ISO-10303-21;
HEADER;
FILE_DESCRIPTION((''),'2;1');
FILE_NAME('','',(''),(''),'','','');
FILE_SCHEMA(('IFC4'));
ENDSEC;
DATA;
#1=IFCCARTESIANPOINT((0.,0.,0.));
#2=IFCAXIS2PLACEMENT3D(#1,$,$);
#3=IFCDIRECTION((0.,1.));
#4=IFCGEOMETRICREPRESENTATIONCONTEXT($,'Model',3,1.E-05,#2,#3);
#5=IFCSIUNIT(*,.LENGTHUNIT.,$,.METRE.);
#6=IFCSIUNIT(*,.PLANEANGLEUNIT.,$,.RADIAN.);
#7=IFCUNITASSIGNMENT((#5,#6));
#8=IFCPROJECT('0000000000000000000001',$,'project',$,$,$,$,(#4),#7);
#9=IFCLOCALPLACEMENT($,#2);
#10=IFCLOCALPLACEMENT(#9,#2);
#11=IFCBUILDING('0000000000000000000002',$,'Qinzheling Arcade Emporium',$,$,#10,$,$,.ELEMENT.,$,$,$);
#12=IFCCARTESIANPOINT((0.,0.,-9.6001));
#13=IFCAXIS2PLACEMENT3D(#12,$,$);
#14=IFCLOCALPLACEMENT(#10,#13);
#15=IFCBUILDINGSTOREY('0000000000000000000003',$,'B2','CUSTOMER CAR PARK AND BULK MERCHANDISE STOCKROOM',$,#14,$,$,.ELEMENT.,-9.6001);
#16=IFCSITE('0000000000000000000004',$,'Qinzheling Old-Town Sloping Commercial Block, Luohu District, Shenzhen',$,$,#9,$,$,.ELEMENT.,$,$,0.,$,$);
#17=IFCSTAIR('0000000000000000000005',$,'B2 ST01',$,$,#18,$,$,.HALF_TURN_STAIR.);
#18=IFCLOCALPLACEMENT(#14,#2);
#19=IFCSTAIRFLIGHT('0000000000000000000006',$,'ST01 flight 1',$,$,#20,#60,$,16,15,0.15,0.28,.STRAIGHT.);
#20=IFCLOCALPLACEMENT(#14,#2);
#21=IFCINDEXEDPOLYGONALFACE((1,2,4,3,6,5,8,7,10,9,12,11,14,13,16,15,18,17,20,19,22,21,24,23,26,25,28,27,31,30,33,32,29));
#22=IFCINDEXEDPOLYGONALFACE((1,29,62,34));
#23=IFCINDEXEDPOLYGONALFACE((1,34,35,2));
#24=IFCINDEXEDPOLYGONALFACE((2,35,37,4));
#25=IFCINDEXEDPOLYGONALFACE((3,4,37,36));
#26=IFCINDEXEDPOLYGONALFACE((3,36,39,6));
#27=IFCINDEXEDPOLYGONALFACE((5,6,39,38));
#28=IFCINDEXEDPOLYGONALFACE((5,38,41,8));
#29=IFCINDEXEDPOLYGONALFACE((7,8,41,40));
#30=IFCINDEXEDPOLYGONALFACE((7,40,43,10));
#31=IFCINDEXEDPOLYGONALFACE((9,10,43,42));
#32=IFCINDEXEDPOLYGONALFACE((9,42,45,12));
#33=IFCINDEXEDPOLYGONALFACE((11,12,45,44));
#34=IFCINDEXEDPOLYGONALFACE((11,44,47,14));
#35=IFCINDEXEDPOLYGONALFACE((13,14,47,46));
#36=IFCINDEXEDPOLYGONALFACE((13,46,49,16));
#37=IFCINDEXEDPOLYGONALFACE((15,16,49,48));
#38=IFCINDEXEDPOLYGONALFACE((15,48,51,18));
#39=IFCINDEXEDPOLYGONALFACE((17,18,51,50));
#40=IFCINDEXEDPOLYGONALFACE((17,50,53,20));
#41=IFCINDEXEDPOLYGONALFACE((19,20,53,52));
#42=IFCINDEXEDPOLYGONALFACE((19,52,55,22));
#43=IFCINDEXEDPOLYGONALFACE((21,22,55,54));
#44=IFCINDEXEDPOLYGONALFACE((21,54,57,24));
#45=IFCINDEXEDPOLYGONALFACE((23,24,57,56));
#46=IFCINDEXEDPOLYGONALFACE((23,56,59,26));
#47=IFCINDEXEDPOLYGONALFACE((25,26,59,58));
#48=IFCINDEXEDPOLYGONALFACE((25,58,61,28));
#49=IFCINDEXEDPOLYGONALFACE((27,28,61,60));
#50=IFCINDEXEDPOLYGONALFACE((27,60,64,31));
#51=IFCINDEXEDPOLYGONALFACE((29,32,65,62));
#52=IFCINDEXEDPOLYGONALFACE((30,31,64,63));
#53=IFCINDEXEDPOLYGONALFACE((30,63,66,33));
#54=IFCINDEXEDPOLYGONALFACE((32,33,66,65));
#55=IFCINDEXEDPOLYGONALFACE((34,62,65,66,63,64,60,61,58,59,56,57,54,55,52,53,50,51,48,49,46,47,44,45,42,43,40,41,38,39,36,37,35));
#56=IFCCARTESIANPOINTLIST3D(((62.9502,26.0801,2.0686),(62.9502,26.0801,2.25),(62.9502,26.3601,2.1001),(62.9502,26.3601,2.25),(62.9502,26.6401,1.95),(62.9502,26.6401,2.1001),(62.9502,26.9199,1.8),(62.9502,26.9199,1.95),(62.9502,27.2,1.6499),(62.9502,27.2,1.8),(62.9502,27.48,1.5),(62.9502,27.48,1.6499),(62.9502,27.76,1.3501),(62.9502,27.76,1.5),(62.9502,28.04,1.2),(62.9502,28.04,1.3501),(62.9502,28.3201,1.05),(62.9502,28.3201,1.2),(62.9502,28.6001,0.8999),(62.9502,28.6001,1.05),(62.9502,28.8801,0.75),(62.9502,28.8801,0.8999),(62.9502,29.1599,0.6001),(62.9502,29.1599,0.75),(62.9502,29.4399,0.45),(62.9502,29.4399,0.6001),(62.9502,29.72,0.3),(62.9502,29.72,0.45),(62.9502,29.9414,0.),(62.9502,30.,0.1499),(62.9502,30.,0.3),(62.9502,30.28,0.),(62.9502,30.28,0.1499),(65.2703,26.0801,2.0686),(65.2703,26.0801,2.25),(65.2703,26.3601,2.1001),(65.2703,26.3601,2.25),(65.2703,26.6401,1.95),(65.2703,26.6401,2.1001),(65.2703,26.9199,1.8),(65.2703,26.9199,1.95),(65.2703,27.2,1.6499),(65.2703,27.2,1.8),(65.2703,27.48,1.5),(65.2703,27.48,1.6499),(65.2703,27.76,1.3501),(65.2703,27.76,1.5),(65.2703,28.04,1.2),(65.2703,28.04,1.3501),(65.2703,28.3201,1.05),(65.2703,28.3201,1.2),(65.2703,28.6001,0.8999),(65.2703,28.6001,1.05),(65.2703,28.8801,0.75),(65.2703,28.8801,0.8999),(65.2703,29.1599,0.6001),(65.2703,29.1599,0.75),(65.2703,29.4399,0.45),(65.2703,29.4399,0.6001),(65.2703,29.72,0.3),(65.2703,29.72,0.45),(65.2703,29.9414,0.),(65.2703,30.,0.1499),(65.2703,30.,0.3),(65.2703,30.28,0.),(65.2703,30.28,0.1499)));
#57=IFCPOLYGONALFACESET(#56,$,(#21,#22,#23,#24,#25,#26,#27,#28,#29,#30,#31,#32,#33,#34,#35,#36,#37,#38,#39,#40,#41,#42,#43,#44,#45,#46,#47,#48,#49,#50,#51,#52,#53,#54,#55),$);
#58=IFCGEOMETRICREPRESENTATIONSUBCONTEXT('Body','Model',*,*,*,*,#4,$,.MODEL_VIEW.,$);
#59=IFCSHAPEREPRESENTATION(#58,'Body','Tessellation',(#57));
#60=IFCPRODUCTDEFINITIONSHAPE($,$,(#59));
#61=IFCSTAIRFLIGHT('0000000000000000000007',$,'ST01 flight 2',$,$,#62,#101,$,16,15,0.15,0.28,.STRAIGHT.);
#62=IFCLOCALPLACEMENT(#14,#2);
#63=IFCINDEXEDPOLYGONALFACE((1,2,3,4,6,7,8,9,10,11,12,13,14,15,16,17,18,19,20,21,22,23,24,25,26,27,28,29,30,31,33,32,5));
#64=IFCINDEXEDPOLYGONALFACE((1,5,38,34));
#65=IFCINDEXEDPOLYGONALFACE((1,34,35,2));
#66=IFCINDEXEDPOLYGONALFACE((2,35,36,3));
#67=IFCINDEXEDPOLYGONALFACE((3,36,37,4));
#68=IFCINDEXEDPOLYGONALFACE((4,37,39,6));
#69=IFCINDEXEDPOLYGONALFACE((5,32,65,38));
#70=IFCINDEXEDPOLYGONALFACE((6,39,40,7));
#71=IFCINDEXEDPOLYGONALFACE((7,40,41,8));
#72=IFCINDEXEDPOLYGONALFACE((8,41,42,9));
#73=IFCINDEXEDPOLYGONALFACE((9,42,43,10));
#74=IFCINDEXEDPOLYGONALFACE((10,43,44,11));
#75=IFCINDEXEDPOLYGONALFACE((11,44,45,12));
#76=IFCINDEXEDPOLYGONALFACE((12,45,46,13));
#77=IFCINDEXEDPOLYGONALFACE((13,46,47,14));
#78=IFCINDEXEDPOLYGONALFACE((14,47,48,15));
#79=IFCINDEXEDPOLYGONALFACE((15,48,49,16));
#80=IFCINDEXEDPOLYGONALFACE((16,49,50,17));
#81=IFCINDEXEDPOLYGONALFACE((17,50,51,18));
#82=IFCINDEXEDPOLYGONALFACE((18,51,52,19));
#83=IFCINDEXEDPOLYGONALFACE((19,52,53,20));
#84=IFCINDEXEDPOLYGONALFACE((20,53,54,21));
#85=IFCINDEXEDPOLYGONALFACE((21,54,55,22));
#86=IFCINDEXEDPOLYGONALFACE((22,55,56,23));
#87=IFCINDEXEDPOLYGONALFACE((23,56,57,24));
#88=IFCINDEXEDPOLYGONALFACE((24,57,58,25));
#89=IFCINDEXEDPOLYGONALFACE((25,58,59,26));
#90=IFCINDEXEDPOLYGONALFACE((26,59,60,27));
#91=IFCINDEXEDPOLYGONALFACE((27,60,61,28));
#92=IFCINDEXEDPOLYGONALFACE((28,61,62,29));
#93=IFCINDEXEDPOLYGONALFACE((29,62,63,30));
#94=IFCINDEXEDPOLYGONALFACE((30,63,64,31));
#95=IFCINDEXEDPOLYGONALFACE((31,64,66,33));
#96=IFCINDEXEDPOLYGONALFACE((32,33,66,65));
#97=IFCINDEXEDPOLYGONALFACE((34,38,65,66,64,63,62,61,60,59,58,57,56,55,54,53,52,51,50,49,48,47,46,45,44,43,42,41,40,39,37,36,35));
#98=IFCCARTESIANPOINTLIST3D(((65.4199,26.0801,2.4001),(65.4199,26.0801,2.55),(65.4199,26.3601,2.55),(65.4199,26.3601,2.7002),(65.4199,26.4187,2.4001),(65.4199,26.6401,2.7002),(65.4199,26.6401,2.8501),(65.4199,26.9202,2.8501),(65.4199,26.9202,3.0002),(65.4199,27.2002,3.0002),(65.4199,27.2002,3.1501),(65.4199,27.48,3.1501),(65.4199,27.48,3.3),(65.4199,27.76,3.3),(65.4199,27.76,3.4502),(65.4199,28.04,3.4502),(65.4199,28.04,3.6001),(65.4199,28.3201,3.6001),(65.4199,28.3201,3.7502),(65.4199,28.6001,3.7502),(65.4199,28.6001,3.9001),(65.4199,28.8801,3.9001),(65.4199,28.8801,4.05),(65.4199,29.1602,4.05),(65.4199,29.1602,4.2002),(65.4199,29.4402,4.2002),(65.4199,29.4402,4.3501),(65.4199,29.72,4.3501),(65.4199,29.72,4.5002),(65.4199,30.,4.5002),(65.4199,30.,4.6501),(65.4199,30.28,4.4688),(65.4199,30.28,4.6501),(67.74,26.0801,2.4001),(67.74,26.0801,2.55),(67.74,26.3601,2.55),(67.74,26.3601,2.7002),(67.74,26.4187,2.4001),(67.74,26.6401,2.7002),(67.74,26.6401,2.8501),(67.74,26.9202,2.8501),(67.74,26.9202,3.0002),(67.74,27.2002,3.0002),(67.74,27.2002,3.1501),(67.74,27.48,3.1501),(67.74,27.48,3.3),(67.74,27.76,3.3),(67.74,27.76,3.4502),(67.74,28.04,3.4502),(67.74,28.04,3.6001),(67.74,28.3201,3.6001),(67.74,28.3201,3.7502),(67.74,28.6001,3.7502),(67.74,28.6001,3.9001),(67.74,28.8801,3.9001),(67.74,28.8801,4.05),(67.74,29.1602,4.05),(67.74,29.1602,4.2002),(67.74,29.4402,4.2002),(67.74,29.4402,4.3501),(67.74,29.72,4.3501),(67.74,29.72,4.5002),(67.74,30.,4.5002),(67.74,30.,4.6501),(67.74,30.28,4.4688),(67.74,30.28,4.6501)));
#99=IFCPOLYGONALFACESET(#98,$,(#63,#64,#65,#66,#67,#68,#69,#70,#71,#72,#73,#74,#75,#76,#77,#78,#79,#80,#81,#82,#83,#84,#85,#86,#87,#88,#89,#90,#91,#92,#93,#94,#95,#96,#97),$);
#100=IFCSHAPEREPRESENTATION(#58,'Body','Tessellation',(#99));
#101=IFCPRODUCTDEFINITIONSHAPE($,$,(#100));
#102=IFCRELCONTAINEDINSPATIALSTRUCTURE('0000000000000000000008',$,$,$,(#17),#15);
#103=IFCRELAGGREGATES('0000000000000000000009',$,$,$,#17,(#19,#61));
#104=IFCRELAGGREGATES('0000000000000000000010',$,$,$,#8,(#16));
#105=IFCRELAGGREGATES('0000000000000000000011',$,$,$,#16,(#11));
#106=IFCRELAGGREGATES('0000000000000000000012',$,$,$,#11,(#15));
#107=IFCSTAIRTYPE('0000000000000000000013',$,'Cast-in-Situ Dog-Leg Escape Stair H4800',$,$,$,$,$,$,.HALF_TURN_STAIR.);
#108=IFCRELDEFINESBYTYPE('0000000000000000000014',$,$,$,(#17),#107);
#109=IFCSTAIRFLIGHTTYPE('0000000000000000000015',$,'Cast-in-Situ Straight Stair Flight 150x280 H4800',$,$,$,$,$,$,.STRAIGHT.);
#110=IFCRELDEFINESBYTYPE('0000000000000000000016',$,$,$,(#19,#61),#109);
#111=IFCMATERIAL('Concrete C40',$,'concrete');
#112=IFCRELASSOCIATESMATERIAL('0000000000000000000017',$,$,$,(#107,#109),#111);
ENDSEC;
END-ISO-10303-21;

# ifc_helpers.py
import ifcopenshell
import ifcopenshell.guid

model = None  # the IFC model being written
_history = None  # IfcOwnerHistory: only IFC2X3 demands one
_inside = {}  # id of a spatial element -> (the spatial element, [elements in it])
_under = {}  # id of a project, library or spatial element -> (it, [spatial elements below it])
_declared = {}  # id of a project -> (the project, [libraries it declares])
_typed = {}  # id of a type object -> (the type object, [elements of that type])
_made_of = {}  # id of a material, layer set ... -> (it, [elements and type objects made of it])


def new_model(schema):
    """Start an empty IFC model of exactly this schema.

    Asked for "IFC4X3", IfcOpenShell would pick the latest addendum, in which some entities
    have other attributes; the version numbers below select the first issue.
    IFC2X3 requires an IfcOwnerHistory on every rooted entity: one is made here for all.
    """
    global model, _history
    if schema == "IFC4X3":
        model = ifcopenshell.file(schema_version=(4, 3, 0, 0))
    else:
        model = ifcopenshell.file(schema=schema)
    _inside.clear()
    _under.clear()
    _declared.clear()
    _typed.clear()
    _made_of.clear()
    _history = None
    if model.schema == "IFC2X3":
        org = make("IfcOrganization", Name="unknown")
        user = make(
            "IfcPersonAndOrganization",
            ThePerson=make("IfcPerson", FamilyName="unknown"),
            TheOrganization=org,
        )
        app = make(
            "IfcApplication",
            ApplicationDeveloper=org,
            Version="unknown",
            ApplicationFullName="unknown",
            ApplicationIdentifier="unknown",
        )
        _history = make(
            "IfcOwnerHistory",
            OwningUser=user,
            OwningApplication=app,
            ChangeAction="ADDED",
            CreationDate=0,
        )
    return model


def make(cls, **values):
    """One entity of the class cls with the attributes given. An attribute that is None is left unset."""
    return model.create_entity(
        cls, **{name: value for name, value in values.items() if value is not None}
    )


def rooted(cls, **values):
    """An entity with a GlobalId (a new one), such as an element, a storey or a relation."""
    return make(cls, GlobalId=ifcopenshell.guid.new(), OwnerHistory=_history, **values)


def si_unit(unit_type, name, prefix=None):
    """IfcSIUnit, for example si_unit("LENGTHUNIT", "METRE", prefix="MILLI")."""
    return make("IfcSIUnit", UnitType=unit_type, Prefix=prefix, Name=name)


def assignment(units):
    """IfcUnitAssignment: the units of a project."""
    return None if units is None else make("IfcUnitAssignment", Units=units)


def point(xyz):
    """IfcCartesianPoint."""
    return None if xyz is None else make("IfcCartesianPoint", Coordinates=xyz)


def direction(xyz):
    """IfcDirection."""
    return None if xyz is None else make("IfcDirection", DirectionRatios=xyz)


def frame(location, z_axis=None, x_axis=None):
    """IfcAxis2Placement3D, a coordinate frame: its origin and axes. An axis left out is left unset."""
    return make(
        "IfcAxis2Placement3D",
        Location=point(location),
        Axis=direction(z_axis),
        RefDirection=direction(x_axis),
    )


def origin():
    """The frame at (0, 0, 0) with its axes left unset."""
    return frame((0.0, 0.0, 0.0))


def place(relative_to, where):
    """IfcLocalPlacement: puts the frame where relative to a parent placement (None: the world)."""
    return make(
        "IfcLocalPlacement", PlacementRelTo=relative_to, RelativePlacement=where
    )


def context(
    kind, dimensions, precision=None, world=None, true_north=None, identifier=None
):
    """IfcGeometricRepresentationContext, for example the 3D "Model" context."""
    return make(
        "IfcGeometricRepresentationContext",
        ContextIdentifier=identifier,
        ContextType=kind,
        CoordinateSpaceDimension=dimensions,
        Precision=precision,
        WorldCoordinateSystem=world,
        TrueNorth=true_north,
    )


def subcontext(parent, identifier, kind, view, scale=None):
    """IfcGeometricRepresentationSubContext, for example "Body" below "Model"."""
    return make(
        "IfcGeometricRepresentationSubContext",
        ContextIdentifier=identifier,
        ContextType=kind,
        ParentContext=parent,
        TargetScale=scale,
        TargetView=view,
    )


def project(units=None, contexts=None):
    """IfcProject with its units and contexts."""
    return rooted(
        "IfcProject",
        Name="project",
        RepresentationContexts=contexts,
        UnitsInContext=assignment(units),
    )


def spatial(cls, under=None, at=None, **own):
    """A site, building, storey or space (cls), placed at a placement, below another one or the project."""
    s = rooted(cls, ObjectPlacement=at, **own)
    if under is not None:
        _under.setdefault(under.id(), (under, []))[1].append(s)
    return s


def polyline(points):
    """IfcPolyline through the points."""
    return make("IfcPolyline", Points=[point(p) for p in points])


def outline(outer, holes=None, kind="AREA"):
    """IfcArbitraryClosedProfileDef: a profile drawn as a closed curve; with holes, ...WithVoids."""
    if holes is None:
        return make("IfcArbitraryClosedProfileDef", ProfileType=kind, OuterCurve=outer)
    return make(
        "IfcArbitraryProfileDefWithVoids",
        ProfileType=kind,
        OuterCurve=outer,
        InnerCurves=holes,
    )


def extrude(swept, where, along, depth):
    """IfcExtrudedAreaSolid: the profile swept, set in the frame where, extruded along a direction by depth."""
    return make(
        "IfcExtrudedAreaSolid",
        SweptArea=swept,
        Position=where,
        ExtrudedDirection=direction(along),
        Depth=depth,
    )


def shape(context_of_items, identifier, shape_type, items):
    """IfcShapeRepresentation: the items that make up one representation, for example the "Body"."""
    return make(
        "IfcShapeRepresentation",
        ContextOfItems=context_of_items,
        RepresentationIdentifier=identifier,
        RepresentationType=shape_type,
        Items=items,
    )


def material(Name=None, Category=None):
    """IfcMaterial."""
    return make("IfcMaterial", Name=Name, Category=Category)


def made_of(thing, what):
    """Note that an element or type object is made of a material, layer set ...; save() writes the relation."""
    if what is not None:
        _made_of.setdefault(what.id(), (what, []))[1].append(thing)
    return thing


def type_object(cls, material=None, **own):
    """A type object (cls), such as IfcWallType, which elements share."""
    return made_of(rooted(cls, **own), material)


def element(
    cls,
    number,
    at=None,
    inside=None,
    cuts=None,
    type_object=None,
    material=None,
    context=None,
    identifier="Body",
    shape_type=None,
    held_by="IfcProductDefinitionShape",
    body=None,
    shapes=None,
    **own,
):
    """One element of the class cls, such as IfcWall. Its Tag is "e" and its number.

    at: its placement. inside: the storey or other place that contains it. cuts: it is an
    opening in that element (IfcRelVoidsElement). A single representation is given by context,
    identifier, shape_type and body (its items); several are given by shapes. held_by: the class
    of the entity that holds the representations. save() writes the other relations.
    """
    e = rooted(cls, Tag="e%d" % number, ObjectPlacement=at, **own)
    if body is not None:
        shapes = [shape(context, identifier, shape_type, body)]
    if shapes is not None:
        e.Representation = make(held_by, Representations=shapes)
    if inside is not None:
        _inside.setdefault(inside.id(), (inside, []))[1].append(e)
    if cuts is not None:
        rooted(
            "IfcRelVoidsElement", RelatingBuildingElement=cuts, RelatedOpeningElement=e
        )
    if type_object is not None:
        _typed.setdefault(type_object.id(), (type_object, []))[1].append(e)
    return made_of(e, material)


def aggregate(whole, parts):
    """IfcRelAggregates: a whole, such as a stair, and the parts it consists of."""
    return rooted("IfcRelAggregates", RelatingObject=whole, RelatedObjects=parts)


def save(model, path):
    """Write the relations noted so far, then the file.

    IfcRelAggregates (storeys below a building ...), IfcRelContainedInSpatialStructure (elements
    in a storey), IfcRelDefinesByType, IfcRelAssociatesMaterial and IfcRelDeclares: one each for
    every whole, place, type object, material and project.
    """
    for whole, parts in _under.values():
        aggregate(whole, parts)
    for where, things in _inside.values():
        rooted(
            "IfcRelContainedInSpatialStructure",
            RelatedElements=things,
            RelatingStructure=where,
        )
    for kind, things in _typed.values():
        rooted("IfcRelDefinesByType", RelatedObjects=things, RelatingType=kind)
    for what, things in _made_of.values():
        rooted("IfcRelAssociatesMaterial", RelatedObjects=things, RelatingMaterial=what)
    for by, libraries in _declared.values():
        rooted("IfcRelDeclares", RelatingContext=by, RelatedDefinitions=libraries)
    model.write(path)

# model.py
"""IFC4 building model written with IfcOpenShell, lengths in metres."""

from ifc_helpers import new_model, si_unit, direction, frame, origin, place, context, subcontext, project, spatial, polyline, outline, extrude, material, type_object, element, aggregate, save


model = new_model("IFC4")

# Units and contexts
model_context = context("Model", 3, precision=1e-05, world=origin(), true_north=direction((0.0, 1.0)))
body_context = subcontext(model_context, "Body", "Model", "MODEL_VIEW")
ifc_project = project(units=[si_unit("LENGTHUNIT", "METRE"), si_unit("PLANEANGLEUNIT", "RADIAN")], contexts=[model_context])

# Site, building, storey
site_placement = place(None, origin())
site = spatial("IfcSite", under=ifc_project, at=site_placement, Name="Qinzheling Old-Town Sloping Commercial Block, Luohu District, Shenzhen", CompositionType="ELEMENT", RefElevation=0.0)
building_placement = place(site_placement, origin())
building = spatial("IfcBuilding", under=site, at=building_placement, Name="Qinzheling Arcade Emporium", CompositionType="ELEMENT")
storey_placement = place(building_placement, frame((0.0, 0.0, -9.6001)))
storey = spatial("IfcBuildingStorey", under=building, at=storey_placement, Name="B2", Description="CUSTOMER CAR PARK AND BULK MERCHANDISE STOCKROOM", CompositionType="ELEMENT", Elevation=-9.6001)

# Shared definitions
ifc_material_1 = material(Name="Concrete C40", Category="concrete")

# Stair, stair flights
stair_type = type_object("IfcStairType", Name="Cast-in-Situ Dog-Leg Escape Stair H4800", PredefinedType="HALF_TURN_STAIR", material=ifc_material_1)
stair_placement = place(storey_placement, origin())
stair = element("IfcStair", 1, at=stair_placement, inside=storey, type_object=stair_type, Name="B2 ST01", PredefinedType="HALF_TURN_STAIR")
stair_flight_type = type_object("IfcStairFlightType", Name="Cast-in-Situ Straight Stair Flight 150x280 H4800", PredefinedType="STRAIGHT", material=ifc_material_1)
stair_flight_1_placement = place(storey_placement, frame((64.1101, 30.28, 0.0), z_axis=(0.0, 0.0, 1.0), x_axis=(0.0, -1.0, 0.0)))
stair_flight_1 = element("IfcStairFlight", 2, at=stair_flight_1_placement, type_object=stair_flight_type, Name="ST01 flight 1", NumberOfRisers=16, NumberOfTreads=15, PredefinedType="STRAIGHT", RiserHeight=0.15, TreadLength=0.28, context=body_context, shape_type="SweptSolid", body=[
    extrude(outline(polyline([(0.0, 0.0), (0.0, 0.1499), (0.28, 0.1499), (0.28, 0.3), (0.5601, 0.3), (0.5601, 0.45), (0.8401, 0.45), (0.8401, 0.6001), (1.1201, 0.6001), (1.1201, 0.75), (1.3999, 0.75), (1.3999, 0.8999), (1.6799, 0.8999), (1.6799, 1.05), (1.96, 1.05), (1.96, 1.2), (2.24, 1.2), (2.24, 1.3501), (2.52, 1.3501), (2.52, 1.5), (2.8, 1.5), (2.8, 1.6499), (3.0801, 1.6499), (3.0801, 1.8), (3.3601, 1.8), (3.3601, 1.95), (3.6399, 1.95), (3.6399, 2.1001), (3.9199, 2.1001), (3.9199, 2.25), (4.2, 2.25), (4.2, 2.3999), (4.2, 2.0686), (0.3386, 0.0), (0.0, 0.0)])), frame((0.0, 1.1602, 0.0), z_axis=(0.0, -1.0, 0.0), x_axis=(1.0, 0.0, 0.0)), (0.0, 0.0, 1.0), 2.3201),
])
stair_flight_2_placement = place(storey_placement, frame((66.5801, 26.0801, 2.4001), z_axis=(0.0, 0.0, 1.0), x_axis=(0.0, 1.0, 0.0)))
stair_flight_2 = element("IfcStairFlight", 3, at=stair_flight_2_placement, type_object=stair_flight_type, Name="ST01 flight 2", NumberOfRisers=16, NumberOfTreads=15, PredefinedType="STRAIGHT", RiserHeight=0.15, TreadLength=0.28, context=body_context, shape_type="SweptSolid", body=[
    extrude(outline(polyline([(0.0, 0.0), (0.0, 0.1499), (0.28, 0.1499), (0.28, 0.3), (0.5601, 0.3), (0.5601, 0.45), (0.8401, 0.45), (0.8401, 0.6001), (1.1201, 0.6001), (1.1201, 0.75), (1.3999, 0.75), (1.3999, 0.8999), (1.6799, 0.8999), (1.6799, 1.05), (1.96, 1.05), (1.96, 1.2), (2.24, 1.2), (2.24, 1.3501), (2.52, 1.3501), (2.52, 1.5), (2.8, 1.5), (2.8, 1.6499), (3.0801, 1.6499), (3.0801, 1.8), (3.3601, 1.8), (3.3601, 1.95), (3.6399, 1.95), (3.6399, 2.1001), (3.9199, 2.1001), (3.9199, 2.25), (4.2, 2.25), (4.2, 2.3999), (4.2, 2.0686), (0.3386, 0.0), (0.0, 0.0)])), frame((0.0, 1.1602, 0.0), z_axis=(0.0, -1.0, 0.0), x_axis=(1.0, 0.0, 0.0)), (0.0, 0.0, 1.0), 2.3201),
])
aggregate(stair, [stair_flight_1, stair_flight_2])

save(model, "model.ifc")
